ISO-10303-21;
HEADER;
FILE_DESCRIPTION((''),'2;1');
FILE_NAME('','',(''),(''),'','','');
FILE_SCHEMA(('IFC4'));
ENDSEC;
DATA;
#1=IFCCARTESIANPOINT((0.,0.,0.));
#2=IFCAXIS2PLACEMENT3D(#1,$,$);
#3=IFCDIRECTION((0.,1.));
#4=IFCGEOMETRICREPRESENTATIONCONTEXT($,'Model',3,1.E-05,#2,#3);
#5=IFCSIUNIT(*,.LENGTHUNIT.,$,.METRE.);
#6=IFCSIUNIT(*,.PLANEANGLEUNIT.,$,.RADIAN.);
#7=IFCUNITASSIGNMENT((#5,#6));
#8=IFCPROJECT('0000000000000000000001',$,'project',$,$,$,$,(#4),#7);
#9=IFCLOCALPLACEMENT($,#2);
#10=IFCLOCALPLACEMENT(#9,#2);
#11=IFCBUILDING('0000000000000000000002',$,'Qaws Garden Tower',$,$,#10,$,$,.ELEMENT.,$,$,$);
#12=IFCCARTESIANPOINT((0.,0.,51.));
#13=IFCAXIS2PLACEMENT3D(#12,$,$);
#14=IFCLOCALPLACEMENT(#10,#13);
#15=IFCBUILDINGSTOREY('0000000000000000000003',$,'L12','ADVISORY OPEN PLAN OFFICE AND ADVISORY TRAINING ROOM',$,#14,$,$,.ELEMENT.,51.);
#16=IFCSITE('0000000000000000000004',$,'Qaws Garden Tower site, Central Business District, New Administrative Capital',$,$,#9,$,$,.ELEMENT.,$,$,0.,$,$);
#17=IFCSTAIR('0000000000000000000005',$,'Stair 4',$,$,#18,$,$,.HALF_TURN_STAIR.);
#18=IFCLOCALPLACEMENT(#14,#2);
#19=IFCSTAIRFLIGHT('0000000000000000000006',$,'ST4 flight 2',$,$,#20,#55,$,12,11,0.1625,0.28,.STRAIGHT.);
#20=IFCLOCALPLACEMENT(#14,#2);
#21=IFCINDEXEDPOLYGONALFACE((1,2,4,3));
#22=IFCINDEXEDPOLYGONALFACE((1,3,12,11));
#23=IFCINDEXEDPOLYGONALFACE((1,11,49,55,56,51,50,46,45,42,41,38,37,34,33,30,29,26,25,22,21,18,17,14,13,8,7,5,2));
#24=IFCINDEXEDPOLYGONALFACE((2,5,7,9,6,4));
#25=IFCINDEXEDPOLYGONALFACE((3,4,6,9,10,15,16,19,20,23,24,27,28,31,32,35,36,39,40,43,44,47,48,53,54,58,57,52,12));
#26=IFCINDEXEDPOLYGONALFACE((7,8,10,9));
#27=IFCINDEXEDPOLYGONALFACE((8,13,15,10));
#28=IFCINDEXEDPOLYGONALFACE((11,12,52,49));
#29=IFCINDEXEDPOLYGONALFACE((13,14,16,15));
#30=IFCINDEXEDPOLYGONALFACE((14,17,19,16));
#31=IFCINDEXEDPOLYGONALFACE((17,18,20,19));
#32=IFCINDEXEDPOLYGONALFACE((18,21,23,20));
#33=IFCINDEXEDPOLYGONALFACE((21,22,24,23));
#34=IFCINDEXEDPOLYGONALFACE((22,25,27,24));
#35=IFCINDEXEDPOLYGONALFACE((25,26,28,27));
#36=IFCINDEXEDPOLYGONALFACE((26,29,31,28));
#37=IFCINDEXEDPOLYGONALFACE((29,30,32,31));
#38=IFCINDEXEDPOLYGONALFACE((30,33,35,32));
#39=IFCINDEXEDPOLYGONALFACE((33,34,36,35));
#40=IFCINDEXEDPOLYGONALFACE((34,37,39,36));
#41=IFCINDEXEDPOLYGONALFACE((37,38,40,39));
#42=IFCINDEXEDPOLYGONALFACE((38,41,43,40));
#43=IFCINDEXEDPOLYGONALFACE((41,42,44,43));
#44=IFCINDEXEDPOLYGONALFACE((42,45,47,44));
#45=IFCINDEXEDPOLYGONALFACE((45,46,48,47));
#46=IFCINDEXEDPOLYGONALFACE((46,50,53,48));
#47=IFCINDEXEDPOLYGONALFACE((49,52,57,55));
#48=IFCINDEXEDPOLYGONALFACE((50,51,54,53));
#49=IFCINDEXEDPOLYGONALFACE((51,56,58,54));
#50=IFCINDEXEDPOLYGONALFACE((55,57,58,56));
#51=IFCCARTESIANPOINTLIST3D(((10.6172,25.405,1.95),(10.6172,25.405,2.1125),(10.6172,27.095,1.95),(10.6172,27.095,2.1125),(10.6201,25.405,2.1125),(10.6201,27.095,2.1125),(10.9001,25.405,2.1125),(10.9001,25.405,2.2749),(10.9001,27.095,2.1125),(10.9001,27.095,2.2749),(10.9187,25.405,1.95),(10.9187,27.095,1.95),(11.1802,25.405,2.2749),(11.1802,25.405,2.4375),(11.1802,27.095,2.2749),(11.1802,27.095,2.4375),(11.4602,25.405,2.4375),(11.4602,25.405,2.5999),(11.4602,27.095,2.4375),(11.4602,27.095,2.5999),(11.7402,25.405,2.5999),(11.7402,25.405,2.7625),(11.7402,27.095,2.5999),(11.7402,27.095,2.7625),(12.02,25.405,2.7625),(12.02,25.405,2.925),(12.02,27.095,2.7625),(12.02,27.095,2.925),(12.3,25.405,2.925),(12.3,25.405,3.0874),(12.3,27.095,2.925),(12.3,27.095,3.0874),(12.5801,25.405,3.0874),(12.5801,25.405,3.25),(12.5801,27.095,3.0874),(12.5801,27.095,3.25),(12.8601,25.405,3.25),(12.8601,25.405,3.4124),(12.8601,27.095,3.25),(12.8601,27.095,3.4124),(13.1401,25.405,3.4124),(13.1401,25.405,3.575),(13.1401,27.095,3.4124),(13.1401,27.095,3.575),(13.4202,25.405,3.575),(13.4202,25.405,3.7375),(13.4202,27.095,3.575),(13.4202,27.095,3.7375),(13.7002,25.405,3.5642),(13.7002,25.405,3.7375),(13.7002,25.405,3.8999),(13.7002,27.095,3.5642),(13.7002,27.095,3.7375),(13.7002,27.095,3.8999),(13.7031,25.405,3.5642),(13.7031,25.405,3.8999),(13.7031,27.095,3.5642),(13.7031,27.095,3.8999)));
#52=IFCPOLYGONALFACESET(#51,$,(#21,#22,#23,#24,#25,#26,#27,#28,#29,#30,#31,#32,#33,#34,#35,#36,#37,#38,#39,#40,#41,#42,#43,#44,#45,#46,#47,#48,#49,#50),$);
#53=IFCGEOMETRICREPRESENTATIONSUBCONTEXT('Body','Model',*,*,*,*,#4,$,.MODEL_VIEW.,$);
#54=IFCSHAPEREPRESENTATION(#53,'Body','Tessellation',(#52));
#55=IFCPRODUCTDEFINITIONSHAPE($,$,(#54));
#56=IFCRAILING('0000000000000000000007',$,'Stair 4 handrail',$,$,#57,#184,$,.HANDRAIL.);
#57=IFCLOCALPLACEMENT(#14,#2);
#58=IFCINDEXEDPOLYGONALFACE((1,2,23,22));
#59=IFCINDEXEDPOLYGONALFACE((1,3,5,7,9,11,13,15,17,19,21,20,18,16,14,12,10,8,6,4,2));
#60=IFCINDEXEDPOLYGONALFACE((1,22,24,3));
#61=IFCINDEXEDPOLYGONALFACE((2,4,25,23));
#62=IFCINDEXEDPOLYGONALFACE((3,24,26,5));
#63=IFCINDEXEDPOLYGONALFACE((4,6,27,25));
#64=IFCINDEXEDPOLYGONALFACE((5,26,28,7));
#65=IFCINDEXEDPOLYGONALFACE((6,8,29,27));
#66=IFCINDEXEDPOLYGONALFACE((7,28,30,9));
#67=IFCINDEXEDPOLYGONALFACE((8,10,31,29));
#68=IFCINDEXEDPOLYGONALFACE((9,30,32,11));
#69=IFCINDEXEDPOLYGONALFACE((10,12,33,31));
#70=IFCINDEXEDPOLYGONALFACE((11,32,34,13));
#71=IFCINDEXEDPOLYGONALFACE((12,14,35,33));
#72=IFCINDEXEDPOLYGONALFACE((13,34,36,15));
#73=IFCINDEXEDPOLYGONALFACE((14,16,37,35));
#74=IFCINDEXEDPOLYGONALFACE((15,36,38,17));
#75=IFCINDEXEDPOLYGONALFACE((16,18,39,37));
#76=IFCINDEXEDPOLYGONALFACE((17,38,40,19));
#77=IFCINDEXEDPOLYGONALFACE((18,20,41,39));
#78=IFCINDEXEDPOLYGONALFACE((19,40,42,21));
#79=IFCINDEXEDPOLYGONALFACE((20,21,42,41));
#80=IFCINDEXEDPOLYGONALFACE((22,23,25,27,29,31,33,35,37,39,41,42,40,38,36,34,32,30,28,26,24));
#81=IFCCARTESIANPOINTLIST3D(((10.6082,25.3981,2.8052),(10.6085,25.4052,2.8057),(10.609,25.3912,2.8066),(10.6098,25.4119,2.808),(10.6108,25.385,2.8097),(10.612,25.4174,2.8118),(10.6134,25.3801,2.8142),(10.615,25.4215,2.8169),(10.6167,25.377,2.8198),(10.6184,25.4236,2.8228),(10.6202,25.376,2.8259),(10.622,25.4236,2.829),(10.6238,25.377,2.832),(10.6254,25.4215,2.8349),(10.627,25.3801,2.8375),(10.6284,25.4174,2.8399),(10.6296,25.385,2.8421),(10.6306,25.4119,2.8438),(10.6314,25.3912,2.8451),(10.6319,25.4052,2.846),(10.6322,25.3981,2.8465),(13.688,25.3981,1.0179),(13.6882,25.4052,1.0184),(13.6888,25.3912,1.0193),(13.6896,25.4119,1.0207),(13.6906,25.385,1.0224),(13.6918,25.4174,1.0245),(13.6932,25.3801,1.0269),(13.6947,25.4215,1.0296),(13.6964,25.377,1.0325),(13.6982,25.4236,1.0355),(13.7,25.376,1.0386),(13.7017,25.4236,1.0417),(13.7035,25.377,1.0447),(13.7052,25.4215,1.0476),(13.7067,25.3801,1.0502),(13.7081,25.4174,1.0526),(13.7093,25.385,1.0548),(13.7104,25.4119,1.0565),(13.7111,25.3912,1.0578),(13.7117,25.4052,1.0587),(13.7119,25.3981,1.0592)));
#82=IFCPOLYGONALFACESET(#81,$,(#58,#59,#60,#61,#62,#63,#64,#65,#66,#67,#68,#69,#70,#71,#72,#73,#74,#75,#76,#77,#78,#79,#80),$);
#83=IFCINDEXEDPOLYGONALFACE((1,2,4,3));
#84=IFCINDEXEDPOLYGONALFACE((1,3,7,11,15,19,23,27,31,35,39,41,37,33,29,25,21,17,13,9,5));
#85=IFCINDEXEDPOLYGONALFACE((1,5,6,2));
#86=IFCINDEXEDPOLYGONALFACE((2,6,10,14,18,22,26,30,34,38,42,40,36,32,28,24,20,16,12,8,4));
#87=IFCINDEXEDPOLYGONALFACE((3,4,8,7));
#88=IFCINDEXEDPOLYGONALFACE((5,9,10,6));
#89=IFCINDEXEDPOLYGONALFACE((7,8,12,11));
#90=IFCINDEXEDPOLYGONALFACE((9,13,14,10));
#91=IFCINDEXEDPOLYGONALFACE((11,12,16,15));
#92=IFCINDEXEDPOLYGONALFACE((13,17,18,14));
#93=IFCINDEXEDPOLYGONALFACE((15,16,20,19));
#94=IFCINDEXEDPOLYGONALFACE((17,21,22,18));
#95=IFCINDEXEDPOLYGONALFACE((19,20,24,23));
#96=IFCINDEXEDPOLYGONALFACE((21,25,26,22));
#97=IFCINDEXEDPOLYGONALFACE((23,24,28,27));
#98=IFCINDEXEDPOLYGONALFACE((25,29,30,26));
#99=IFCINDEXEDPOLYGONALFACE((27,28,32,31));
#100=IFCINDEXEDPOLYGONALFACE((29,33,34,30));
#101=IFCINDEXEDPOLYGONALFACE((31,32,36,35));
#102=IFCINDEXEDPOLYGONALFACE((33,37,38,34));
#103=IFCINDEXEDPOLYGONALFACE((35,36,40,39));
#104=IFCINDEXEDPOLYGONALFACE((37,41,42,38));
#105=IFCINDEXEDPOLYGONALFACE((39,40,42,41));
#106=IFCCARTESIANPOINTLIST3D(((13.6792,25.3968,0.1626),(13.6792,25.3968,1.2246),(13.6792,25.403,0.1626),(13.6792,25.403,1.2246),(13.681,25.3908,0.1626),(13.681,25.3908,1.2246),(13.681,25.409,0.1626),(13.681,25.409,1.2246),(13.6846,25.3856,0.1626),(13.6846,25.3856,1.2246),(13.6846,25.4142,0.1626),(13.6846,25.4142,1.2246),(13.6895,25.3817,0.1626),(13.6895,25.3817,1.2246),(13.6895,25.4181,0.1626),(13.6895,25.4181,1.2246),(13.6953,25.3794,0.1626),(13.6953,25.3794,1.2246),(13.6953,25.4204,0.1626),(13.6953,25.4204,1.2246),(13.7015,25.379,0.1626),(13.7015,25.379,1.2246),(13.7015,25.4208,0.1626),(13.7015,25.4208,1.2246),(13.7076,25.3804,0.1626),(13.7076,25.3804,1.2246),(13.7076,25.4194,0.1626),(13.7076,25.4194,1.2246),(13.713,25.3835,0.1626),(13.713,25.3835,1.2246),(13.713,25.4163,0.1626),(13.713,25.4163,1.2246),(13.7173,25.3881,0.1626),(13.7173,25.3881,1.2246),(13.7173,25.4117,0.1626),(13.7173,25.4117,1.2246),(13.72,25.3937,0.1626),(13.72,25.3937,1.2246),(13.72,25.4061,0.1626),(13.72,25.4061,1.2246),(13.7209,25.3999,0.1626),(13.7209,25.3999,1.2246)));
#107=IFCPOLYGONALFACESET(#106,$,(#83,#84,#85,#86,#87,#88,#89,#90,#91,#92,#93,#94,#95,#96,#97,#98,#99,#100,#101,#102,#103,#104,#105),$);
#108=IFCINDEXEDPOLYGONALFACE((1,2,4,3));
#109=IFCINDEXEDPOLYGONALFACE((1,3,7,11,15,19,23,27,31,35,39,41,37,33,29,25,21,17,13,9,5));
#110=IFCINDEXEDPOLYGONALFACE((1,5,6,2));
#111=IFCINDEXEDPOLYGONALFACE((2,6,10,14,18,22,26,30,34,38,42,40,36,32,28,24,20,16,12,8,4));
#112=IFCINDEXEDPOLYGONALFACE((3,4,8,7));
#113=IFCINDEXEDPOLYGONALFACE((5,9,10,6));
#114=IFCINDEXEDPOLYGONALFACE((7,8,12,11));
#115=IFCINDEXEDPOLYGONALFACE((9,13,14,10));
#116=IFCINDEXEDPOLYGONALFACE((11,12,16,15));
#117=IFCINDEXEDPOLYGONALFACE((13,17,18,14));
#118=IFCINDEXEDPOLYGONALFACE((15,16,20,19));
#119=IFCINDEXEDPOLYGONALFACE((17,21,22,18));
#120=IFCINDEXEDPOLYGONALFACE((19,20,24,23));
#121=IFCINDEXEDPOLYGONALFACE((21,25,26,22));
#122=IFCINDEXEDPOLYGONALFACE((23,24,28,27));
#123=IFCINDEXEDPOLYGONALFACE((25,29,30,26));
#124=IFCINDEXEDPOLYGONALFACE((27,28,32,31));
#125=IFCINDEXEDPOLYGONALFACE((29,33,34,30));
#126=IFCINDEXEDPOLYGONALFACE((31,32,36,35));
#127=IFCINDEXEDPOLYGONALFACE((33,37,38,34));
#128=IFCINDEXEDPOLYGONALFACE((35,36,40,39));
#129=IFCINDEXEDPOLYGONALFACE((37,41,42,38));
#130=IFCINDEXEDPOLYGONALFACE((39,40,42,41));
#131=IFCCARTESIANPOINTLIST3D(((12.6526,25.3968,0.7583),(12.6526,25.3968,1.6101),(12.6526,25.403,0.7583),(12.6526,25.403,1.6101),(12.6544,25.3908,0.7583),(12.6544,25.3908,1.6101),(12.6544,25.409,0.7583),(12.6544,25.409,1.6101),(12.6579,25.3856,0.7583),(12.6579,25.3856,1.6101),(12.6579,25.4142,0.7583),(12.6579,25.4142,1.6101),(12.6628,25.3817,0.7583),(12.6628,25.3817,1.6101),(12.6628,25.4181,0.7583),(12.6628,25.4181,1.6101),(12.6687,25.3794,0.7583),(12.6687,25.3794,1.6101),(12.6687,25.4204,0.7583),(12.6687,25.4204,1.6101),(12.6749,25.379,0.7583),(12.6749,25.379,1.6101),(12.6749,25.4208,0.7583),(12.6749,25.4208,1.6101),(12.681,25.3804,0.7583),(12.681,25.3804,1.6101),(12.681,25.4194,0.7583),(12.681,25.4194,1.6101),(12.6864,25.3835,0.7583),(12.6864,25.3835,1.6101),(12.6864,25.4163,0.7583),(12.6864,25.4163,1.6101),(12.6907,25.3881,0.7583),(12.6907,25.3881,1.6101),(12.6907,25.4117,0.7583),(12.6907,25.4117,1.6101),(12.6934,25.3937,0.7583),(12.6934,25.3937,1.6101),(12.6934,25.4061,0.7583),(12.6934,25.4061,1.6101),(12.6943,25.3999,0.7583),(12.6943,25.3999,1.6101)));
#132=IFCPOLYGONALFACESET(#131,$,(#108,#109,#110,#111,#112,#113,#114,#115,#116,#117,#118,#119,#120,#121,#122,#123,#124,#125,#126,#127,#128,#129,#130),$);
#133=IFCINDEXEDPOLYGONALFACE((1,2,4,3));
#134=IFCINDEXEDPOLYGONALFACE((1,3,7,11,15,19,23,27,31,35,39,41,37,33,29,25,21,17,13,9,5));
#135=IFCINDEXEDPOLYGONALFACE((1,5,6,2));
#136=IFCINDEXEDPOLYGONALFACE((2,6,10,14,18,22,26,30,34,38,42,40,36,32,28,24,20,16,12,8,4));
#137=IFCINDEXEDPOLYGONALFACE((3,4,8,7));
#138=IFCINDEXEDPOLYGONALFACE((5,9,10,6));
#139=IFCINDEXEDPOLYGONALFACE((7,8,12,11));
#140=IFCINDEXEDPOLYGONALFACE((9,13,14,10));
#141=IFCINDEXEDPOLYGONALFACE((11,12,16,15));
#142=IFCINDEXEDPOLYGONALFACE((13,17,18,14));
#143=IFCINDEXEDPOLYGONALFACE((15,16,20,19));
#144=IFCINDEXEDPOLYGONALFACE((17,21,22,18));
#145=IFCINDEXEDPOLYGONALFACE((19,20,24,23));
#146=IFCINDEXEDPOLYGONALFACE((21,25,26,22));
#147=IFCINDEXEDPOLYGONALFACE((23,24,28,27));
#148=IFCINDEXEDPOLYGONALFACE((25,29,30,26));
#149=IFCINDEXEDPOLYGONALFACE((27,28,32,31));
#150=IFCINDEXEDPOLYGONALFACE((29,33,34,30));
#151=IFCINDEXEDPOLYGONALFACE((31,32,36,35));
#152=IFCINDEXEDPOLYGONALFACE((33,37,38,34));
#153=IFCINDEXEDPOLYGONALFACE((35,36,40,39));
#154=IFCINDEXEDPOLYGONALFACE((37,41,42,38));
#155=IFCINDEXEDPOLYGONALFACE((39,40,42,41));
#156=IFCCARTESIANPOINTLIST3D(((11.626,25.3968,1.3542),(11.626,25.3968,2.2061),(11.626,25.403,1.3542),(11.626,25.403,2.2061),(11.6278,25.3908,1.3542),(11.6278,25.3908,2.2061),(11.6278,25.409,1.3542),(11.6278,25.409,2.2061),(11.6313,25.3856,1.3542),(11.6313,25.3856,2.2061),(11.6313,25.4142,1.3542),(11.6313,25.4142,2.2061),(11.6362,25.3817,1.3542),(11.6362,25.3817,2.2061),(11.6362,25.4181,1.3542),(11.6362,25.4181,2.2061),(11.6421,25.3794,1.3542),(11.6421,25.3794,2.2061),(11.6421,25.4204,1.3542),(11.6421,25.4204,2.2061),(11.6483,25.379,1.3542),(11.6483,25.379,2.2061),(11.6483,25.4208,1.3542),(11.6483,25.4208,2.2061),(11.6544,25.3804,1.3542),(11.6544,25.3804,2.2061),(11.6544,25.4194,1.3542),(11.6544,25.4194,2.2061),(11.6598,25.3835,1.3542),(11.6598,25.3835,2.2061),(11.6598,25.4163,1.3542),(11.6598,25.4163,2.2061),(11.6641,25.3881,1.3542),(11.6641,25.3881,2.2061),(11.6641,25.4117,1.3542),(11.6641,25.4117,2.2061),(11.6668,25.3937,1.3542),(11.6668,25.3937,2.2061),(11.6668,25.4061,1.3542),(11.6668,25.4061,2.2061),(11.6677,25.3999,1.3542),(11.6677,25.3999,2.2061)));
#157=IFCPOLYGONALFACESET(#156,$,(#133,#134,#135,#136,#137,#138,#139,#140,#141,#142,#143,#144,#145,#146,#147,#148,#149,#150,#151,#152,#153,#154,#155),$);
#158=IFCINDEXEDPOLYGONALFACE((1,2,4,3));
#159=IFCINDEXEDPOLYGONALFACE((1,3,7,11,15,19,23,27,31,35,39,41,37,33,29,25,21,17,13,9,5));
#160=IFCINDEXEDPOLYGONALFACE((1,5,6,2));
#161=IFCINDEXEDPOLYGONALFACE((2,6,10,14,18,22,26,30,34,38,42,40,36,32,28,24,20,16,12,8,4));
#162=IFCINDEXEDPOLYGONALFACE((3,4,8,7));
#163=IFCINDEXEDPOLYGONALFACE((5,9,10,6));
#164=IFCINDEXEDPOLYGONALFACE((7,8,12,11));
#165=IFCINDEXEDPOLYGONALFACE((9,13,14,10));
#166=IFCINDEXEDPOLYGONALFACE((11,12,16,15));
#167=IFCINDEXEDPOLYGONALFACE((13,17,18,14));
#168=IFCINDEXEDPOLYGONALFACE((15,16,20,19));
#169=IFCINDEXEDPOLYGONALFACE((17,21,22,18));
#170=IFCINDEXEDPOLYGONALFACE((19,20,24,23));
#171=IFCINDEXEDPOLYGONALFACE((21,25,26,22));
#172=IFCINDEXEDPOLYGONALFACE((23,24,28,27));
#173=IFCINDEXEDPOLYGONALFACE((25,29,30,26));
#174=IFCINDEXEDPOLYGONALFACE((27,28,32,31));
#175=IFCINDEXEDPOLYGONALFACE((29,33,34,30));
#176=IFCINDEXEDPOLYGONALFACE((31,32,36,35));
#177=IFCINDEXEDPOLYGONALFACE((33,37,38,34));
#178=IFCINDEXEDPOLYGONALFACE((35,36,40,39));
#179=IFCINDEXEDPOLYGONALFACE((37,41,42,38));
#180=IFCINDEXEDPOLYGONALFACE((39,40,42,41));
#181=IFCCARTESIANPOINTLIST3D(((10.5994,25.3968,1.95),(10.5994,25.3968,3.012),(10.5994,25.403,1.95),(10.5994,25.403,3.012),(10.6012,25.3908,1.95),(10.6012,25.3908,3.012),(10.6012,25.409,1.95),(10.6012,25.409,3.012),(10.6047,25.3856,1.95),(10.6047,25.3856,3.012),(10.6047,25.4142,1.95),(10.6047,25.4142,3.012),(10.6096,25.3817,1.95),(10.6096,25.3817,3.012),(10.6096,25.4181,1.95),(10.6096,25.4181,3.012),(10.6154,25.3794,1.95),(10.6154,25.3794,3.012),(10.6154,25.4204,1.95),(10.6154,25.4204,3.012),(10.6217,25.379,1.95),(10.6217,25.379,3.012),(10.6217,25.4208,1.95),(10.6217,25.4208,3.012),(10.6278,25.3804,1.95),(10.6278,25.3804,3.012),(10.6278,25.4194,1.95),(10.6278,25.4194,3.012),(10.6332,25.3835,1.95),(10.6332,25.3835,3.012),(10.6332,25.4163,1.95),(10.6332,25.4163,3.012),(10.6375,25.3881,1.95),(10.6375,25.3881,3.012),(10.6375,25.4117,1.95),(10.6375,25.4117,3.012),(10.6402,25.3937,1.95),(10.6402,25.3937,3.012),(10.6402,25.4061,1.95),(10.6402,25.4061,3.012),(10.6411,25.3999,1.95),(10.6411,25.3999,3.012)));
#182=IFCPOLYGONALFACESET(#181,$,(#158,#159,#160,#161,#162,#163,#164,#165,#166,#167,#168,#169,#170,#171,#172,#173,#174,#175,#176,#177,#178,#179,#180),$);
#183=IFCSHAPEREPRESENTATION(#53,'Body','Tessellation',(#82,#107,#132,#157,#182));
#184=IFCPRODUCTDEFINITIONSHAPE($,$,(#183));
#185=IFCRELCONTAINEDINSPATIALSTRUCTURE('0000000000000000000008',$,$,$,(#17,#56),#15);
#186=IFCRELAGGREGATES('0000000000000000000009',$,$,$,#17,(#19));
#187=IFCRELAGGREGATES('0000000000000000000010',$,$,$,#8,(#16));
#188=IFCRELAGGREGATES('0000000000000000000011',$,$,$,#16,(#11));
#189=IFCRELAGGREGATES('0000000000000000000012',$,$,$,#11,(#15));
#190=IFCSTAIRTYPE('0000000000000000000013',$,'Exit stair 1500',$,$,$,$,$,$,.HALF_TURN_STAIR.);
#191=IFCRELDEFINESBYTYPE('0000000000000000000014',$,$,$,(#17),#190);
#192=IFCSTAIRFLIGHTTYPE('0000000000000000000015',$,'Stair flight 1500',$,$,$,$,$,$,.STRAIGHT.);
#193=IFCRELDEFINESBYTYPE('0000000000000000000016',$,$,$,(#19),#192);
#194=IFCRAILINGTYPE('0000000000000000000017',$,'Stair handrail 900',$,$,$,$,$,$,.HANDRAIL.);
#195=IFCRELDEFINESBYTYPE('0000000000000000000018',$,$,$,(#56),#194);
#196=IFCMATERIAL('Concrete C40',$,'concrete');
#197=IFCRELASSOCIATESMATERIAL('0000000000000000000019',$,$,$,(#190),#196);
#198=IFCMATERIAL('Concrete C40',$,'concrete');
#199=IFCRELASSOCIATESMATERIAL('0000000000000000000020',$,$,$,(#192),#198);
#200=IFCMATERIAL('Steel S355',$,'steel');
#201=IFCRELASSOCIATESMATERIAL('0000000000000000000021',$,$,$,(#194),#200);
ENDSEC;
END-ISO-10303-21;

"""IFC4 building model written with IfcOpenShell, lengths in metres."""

from ifc_helpers import new_model, si_unit, direction, frame, origin, origin_2d, place, context, subcontext, project, spatial, polyline, circle, outline, extrude, material, type_object, element, aggregate, save


model = new_model("IFC4")

# Units and contexts
model_context = context("Model", 3, precision=1e-05, world=origin(), true_north=direction((0.0, 1.0)))
body_context = subcontext(model_context, "Body", "Model", "MODEL_VIEW")
ifc_project = project(units=[si_unit("LENGTHUNIT", "METRE"), si_unit("PLANEANGLEUNIT", "RADIAN")], contexts=[model_context])

# Site, building, storey
site_placement = place(None, origin())
site = spatial("IfcSite", under=ifc_project, at=site_placement, Name="Qaws Garden Tower site, Central Business District, New Administrative Capital", CompositionType="ELEMENT", RefElevation=0.0)
building_placement = place(site_placement, origin())
building = spatial("IfcBuilding", under=site, at=building_placement, Name="Qaws Garden Tower", CompositionType="ELEMENT")
storey_placement = place(building_placement, frame((0.0, 0.0, 51.0)))
storey = spatial("IfcBuildingStorey", under=building, at=storey_placement, Name="L12", Description="ADVISORY OPEN PLAN OFFICE AND ADVISORY TRAINING ROOM", CompositionType="ELEMENT", Elevation=51.0)

# Stair, stair flight
ifc_material_1 = material(Name="Concrete C40", Category="concrete")
stair_type = type_object("IfcStairType", Name="Exit stair 1500", PredefinedType="HALF_TURN_STAIR", material=ifc_material_1)
stair_placement = place(storey_placement, origin())
stair = element("IfcStair", 1, at=stair_placement, inside=storey, type_object=stair_type, Name="Stair 4", PredefinedType="HALF_TURN_STAIR")
ifc_material_2 = material(Name="Concrete C40", Category="concrete")
stair_flight_type = type_object("IfcStairFlightType", Name="Stair flight 1500", PredefinedType="STRAIGHT", material=ifc_material_2)
stair_flight_1_placement = place(storey_placement, frame((10.6201, 26.25, 1.95), z_axis=(0.0, 0.0, 1.0), x_axis=(1.0, 0.0, 0.0)))
stair_flight_1 = element("IfcStairFlight", 2, at=stair_flight_1_placement, type_object=stair_flight_type, Name="ST4 flight 2", NumberOfRisers=12, NumberOfTreads=11, PredefinedType="STRAIGHT", RiserHeight=0.1625, TreadLength=0.28, context=body_context, shape_type="SweptSolid", body=[
    extrude(outline(polyline([(-0.0029, 0.0), (-0.0029, 0.1626), (0.0, 0.1626), (0.28, 0.1626), (0.28, 0.325), (0.5601, 0.325), (0.5601, 0.4875), (0.8401, 0.4875), (0.8401, 0.6499), (1.1201, 0.6499), (1.1201, 0.8125), (1.3999, 0.8125), (1.3999, 0.9751), (1.6799, 0.9751), (1.6799, 1.1375), (1.96, 1.1375), (1.96, 1.3), (2.24, 1.3), (2.24, 1.4624), (2.52, 1.4624), (2.52, 1.625), (2.8, 1.625), (2.8, 1.7876), (3.0801, 1.7876), (3.0801, 1.95), (3.083, 1.95), (3.083, 1.6143), (3.0801, 1.6143), (0.2986, 0.0), (-0.0029, 0.0)])), frame((0.0, 0.845, 0.0), z_axis=(0.0, -1.0, 0.0), x_axis=(1.0, 0.0, 0.0)), (0.0, 0.0, 1.0), 1.6899),
])
aggregate(stair, [stair_flight_1])

# Railing
ifc_material_3 = material(Name="Steel S355", Category="steel")
railing_type = type_object("IfcRailingType", Name="Stair handrail 900", PredefinedType="HANDRAIL", material=ifc_material_3)
railing_1_placement = place(storey_placement, frame((13.7, 25.3999, 0.1626)))
element("IfcRailing", 3, at=railing_1_placement, inside=storey, type_object=railing_type, Name="Stair 4 handrail", PredefinedType="HANDRAIL", context=body_context, shape_type="SweptSolid", body=[
    extrude(circle(Radius=0.0239, at=origin_2d()), frame((0.0, 0.0, 0.876), z_axis=(-0.864903, 0.0, 0.501939), x_axis=(0.0, -1.0, 0.0)), (0.0, 0.0, 1.0), 3.5608),
    extrude(circle(Radius=0.021, at=origin_2d()), origin(), (0.0, 0.0, 1.0), 1.062),
    extrude(circle(Radius=0.021, at=origin_2d()), frame((-1.0266, 0.0, 0.5957)), (0.0, 0.0, 1.0), 0.8518),
    extrude(circle(Radius=0.021, at=origin_2d()), frame((-2.0532, 0.0, 1.1917)), (0.0, 0.0, 1.0), 0.8518),
    extrude(circle(Radius=0.021, at=origin_2d()), frame((-3.0798, 0.0, 1.7874)), (0.0, 0.0, 1.0), 1.062),
])

save(model, "model.ifc")
